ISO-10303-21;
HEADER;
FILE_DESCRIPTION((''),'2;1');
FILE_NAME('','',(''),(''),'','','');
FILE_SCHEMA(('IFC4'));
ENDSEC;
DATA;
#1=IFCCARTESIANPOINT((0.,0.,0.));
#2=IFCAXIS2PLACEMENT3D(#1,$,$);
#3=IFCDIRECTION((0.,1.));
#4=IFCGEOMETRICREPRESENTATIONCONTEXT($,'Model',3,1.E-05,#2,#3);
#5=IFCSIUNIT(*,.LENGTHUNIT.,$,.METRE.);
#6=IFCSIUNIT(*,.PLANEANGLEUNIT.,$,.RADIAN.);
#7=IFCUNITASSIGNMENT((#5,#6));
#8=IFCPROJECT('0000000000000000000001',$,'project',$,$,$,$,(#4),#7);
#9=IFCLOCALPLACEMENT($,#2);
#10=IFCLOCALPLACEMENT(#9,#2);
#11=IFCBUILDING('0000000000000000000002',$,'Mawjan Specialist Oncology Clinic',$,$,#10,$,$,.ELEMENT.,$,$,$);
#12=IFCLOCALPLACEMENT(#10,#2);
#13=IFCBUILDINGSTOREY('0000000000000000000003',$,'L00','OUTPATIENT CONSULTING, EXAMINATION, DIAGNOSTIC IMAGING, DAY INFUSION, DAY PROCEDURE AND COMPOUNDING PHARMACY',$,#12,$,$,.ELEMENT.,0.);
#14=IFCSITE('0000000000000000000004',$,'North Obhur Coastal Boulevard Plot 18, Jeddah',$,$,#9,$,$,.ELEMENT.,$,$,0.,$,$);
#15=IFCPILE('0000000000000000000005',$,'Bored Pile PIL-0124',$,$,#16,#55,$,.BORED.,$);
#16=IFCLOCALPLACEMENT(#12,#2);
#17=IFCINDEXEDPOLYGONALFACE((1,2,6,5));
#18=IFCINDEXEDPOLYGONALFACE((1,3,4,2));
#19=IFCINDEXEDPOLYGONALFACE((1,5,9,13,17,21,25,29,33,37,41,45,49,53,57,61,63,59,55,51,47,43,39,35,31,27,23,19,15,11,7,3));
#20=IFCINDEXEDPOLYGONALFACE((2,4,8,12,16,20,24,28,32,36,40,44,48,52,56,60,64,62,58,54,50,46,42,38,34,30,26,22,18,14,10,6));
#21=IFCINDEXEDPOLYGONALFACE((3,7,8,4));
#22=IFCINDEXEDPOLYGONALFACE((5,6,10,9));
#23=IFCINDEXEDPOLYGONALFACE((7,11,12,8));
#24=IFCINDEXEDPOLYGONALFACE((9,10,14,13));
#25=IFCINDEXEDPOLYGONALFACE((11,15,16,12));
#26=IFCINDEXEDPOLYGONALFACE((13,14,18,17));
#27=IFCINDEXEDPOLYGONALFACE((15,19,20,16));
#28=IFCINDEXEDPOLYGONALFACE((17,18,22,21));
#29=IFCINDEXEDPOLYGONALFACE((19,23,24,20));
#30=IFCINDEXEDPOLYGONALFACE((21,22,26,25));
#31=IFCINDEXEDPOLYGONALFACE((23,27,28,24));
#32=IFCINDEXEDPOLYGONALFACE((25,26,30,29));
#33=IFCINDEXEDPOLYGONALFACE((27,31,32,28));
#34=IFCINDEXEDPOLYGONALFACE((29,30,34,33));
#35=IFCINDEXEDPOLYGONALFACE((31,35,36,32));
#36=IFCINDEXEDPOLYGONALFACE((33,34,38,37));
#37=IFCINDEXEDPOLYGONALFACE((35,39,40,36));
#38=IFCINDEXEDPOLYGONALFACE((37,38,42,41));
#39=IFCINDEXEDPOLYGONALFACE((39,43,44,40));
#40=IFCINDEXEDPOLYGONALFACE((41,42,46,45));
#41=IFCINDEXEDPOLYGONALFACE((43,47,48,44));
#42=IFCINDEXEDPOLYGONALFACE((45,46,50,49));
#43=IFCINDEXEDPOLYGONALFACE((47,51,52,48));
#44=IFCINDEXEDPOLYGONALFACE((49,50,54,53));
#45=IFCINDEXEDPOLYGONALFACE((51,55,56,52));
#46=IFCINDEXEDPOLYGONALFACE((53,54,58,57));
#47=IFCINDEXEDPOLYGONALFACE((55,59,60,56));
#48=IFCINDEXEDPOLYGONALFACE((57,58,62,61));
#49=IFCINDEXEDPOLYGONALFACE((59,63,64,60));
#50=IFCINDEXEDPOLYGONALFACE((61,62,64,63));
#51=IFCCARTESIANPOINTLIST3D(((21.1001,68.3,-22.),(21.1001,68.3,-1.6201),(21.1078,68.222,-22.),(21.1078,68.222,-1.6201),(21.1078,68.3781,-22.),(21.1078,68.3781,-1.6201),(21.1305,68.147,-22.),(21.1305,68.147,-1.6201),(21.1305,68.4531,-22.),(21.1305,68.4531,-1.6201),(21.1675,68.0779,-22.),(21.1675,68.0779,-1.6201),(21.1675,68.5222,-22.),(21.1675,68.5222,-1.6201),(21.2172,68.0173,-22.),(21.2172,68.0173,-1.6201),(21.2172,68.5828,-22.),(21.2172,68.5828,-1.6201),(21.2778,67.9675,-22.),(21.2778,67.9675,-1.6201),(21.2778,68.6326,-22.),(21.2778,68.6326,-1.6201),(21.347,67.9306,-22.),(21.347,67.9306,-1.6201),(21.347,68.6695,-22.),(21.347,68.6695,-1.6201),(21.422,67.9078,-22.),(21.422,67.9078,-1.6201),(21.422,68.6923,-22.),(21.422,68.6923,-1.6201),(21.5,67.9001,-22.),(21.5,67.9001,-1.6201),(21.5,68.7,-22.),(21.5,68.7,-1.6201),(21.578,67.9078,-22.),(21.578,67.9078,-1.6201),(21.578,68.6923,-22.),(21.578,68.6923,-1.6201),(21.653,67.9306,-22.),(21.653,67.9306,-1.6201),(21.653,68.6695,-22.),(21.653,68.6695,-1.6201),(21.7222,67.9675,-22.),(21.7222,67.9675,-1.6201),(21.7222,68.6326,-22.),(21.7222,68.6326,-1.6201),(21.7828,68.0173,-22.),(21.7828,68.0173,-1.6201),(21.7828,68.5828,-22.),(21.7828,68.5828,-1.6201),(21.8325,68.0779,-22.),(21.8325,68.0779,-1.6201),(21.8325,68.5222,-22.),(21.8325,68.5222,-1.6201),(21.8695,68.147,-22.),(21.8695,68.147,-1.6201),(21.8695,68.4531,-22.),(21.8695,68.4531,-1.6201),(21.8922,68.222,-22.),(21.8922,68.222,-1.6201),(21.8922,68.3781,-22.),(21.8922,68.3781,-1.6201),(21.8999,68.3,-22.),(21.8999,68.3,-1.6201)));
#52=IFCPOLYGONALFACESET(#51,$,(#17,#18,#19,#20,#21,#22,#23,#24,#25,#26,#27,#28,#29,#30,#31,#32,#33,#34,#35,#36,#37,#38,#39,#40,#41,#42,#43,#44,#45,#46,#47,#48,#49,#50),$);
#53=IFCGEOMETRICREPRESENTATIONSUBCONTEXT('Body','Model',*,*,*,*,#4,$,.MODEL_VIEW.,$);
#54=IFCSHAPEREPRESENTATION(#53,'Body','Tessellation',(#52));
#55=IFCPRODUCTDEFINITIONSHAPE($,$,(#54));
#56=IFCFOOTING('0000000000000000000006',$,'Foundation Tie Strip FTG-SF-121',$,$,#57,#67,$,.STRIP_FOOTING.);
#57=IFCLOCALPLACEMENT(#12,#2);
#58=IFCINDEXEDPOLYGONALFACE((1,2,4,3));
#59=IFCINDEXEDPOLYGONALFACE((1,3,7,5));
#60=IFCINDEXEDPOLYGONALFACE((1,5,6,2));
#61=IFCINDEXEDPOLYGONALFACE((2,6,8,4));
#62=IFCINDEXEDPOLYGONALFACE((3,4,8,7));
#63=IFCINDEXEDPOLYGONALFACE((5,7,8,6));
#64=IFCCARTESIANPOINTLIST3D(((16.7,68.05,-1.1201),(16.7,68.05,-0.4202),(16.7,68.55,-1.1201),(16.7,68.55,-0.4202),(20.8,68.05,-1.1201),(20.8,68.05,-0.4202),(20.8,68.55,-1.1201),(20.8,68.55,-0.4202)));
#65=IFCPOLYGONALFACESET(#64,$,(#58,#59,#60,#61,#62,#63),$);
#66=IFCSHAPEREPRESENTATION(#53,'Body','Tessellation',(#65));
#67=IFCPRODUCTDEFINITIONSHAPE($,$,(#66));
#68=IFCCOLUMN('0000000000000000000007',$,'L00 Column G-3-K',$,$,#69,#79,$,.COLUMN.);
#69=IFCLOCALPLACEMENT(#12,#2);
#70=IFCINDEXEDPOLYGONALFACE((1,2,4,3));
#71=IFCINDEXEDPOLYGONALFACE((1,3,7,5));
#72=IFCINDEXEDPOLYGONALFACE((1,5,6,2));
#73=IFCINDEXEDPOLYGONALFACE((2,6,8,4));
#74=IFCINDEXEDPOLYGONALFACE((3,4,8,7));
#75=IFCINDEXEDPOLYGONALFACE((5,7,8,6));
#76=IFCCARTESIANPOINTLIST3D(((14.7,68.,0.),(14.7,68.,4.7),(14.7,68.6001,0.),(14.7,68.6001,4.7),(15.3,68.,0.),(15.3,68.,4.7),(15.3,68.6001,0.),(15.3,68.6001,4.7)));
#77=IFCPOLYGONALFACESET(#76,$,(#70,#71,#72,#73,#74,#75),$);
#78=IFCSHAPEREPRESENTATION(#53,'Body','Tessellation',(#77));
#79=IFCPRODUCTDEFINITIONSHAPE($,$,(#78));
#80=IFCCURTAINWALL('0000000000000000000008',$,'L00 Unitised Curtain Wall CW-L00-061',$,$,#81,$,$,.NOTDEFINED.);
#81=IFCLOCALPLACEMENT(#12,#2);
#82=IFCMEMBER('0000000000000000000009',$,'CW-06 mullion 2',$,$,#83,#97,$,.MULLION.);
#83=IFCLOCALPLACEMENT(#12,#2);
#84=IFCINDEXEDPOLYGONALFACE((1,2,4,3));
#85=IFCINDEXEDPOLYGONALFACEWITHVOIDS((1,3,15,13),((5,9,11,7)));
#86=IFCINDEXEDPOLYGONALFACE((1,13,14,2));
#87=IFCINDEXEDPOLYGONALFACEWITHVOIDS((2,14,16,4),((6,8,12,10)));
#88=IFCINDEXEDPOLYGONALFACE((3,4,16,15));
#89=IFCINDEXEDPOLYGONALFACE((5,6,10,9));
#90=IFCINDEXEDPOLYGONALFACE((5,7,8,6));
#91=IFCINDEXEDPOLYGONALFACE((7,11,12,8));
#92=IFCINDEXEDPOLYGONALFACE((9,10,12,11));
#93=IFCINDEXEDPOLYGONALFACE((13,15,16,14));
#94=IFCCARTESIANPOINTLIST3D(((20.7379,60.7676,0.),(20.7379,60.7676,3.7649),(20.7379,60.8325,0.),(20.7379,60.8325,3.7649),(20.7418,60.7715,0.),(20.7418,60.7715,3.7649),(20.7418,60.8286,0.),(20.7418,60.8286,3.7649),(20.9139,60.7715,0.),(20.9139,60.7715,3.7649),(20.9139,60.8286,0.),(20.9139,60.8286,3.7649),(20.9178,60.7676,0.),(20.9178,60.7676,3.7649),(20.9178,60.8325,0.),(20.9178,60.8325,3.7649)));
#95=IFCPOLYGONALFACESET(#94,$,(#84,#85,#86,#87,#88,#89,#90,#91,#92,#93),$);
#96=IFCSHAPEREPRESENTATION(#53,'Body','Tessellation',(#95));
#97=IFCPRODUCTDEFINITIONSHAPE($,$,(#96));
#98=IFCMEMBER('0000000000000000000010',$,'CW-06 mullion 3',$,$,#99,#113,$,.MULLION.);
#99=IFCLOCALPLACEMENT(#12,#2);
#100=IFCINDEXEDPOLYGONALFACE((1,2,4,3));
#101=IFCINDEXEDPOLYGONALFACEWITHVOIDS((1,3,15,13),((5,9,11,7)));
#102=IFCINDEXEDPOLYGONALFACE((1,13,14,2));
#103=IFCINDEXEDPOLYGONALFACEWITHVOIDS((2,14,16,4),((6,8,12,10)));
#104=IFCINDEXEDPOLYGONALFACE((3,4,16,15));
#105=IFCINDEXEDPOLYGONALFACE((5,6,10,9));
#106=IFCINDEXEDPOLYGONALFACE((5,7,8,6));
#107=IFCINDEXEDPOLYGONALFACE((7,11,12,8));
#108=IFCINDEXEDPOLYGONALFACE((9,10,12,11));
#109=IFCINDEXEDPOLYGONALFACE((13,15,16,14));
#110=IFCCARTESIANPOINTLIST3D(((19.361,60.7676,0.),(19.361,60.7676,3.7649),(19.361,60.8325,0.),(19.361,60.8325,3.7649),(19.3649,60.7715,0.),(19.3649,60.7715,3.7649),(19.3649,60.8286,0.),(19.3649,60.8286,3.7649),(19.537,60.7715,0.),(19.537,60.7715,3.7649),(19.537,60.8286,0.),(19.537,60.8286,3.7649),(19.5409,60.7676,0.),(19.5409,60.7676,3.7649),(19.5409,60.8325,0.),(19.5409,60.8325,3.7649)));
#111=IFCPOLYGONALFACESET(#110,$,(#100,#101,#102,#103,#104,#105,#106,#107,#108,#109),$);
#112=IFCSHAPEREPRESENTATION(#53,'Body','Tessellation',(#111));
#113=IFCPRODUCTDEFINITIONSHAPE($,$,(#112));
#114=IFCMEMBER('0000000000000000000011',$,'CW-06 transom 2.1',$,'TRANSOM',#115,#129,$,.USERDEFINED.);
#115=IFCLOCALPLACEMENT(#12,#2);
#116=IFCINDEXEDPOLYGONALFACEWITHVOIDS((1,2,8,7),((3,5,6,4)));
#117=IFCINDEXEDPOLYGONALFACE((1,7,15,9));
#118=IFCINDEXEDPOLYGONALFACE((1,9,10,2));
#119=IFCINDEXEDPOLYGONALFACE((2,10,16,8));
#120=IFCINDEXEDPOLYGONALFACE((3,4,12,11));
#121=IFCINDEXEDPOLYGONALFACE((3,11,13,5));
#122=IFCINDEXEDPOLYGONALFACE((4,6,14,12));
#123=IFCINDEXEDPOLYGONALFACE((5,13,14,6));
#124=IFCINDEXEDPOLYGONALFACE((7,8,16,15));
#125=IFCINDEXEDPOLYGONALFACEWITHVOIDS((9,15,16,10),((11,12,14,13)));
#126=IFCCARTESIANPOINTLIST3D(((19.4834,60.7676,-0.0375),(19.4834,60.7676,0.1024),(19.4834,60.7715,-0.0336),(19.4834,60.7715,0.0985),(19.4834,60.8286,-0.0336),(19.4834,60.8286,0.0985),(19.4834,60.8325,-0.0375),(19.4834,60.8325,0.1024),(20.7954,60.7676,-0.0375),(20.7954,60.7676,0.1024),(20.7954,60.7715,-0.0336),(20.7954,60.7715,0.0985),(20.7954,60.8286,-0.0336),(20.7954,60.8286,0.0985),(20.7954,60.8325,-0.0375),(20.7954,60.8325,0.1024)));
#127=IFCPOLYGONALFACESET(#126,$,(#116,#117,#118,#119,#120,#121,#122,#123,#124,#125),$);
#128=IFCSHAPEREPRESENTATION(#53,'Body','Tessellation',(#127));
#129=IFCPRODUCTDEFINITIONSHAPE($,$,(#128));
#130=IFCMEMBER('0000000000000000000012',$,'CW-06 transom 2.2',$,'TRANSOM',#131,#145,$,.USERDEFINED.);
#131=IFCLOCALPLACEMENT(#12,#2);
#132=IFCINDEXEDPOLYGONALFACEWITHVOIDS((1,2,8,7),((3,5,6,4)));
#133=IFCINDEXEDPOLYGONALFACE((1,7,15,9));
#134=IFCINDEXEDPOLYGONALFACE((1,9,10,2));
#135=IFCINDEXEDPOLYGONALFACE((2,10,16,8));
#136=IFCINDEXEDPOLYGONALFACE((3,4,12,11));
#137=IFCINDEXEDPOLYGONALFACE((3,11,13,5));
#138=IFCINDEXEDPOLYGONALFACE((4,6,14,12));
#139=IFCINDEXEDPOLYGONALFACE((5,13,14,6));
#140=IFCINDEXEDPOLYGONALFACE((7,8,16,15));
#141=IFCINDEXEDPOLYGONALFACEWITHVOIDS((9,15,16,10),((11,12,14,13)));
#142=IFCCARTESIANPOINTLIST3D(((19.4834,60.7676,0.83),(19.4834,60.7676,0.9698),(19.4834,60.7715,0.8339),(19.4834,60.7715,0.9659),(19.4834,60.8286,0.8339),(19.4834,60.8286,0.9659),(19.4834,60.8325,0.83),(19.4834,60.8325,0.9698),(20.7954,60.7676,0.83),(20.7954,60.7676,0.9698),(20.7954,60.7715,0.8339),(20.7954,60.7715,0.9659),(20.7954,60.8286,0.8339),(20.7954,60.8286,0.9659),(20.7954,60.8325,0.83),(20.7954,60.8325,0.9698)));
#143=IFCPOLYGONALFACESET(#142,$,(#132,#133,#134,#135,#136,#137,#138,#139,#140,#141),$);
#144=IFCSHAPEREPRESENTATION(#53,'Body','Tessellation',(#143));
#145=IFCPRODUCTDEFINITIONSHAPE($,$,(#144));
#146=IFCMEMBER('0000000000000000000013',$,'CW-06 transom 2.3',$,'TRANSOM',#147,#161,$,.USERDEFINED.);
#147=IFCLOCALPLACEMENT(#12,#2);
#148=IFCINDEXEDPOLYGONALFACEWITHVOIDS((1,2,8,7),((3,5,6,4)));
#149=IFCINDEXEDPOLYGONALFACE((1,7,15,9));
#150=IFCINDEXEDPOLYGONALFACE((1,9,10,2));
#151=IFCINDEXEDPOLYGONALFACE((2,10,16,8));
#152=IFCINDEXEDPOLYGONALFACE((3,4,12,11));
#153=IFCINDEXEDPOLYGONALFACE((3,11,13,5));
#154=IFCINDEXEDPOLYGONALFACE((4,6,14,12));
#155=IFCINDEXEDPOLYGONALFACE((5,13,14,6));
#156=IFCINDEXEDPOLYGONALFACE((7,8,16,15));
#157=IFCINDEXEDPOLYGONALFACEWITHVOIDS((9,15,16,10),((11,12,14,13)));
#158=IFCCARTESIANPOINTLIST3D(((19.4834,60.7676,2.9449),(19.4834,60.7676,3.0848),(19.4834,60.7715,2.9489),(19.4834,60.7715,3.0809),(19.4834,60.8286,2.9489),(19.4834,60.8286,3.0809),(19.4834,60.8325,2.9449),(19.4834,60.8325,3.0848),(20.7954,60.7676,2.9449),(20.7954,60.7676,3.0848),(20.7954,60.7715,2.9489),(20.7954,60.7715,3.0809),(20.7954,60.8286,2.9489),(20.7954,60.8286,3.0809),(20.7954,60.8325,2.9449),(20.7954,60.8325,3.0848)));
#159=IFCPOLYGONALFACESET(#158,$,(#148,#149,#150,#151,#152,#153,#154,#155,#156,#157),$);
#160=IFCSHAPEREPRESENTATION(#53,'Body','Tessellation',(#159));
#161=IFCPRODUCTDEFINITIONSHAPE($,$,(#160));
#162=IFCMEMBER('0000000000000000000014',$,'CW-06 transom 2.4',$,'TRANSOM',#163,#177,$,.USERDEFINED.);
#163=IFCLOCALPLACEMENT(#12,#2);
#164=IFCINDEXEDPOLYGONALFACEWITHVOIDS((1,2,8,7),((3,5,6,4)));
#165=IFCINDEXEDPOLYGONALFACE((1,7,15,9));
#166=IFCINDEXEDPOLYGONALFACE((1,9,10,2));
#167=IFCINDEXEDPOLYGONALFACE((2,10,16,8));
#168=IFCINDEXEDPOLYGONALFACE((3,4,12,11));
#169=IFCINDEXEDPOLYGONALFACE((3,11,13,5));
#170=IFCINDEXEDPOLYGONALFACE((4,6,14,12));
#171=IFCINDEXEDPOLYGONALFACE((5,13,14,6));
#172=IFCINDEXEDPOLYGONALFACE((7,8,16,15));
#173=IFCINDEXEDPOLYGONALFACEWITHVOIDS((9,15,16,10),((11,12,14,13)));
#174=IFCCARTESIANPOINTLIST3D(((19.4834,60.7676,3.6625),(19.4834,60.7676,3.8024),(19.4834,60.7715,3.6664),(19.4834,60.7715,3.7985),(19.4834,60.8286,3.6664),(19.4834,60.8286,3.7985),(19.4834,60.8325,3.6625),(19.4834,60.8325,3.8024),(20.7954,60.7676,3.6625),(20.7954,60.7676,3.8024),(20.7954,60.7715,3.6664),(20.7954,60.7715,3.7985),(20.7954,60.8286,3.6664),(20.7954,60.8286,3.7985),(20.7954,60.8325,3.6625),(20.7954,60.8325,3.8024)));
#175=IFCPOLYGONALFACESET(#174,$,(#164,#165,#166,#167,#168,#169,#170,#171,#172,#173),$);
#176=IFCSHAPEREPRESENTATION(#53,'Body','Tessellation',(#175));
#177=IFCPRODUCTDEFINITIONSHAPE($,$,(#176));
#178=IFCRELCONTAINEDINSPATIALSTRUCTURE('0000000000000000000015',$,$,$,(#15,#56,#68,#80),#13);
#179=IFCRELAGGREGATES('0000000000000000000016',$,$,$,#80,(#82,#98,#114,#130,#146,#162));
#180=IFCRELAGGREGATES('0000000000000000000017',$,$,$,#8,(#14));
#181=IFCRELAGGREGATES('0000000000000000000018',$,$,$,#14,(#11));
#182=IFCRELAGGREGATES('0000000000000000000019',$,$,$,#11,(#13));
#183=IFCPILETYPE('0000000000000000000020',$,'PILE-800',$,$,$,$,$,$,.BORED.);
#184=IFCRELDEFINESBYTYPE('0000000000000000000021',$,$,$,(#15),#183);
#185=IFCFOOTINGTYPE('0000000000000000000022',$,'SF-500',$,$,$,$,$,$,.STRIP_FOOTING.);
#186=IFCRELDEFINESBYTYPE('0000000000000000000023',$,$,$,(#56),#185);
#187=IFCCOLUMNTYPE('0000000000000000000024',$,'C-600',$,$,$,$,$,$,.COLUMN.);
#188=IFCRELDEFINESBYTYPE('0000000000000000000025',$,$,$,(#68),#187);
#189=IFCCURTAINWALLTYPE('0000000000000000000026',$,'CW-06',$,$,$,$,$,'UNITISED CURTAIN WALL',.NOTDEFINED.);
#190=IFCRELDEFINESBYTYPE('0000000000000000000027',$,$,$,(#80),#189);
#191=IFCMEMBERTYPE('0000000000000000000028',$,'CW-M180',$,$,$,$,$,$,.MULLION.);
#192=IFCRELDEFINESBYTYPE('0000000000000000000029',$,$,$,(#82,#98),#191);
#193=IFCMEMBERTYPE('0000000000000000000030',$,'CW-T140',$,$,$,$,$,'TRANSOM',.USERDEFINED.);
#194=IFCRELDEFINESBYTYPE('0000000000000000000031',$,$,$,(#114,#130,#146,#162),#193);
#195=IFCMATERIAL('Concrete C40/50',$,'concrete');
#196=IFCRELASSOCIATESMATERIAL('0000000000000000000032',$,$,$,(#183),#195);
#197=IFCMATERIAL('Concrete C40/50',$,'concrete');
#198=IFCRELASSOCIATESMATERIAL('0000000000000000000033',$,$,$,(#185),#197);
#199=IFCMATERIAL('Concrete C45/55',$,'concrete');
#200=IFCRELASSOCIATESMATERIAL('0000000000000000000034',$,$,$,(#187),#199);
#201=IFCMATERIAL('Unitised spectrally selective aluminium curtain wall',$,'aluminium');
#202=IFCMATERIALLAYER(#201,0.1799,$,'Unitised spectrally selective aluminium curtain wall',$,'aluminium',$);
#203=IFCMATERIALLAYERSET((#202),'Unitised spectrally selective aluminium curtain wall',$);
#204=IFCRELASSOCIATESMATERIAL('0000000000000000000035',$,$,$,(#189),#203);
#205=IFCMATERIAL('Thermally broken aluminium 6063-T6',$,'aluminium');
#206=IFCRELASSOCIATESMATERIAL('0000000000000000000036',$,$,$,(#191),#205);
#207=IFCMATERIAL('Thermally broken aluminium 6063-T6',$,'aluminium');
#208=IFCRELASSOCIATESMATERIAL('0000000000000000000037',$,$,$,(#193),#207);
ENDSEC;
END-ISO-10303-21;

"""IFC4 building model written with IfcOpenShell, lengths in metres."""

from ifc_helpers import new_model, si_unit, direction, frame, origin, origin_2d, place, context, subcontext, project, spatial, rectangle, hollow_rectangle, circle, extrude, material, layer, layer_set, material_profile, profile_set, type_object, element, aggregate, save


model = new_model("IFC4")

# Units and contexts
model_context = context("Model", 3, precision=1e-05, world=origin(), true_north=direction((0.0, 1.0)))
body_context = subcontext(model_context, "Body", "Model", "MODEL_VIEW")
ifc_project = project(units=[si_unit("LENGTHUNIT", "METRE"), si_unit("PLANEANGLEUNIT", "RADIAN")], contexts=[model_context])

# Site, building, storey
site_placement = place(None, origin())
site = spatial("IfcSite", under=ifc_project, at=site_placement, Name="North Obhur Coastal Boulevard Plot 18, Jeddah", CompositionType="ELEMENT", RefElevation=0.0)
building_placement = place(site_placement, origin())
building = spatial("IfcBuilding", under=site, at=building_placement, Name="Mawjan Specialist Oncology Clinic", CompositionType="ELEMENT")
storey_placement = place(building_placement, origin())
storey = spatial("IfcBuildingStorey", under=building, at=storey_placement, Name="L00", Description="OUTPATIENT CONSULTING, EXAMINATION, DIAGNOSTIC IMAGING, DAY INFUSION, DAY PROCEDURE AND COMPOUNDING PHARMACY", CompositionType="ELEMENT", Elevation=0.0)

# Pile
ifc_material_1 = material(Name="Concrete C40/50", Category="concrete")
ifc_material_profile_1 = material_profile(ifc_material_1, circle(Radius=0.3999, at=origin_2d()), Name="BORED PILE D800", Category="concrete")
ifc_profile_set_1 = profile_set([ifc_material_profile_1], Name="Concrete C40/50")
pile_type = type_object("IfcPileType", Name="PILE-800", PredefinedType="BORED", material=ifc_profile_set_1)
for number, where, z_axis, x_axis, name in (
    (1, (21.5, 68.3, -1.6201), (0.0, 0.0, -1.0), (1.0, 0.0, 0.0), "Bored Pile PIL-0124"),
):
    element("IfcPile", number, at=place(storey_placement, frame(where, z_axis=z_axis, x_axis=x_axis)), inside=storey, type_object=pile_type, Name=name, PredefinedType="BORED", context=body_context, shape_type="SweptSolid", body=[
        extrude(circle(Radius=0.3999, at=origin_2d()), origin(), (0.0, 0.0, 1.0), 20.3799),
    ])

# Footing
ifc_material_2 = material(Name="Concrete C40/50", Category="concrete")
footing_type_1 = type_object("IfcFootingType", Name="SF-500", PredefinedType="STRIP_FOOTING", material=ifc_material_2)
footing_1_placement = place(storey_placement, frame((18.75, 68.3, -1.1201), z_axis=(0.0, 0.0, 1.0), x_axis=(1.0, 0.0, 0.0)))
element("IfcFooting", 2, at=footing_1_placement, inside=storey, type_object=footing_type_1, Name="Foundation Tie Strip FTG-SF-121", PredefinedType="STRIP_FOOTING", context=body_context, shape_type="SweptSolid", body=[
    extrude(rectangle(XDim=4.1001, YDim=0.5, at=origin_2d()), origin(), (0.0, 0.0, 1.0), 0.7),
])

# Column
ifc_material_3 = material(Name="Concrete C45/55", Category="concrete")
ifc_material_profile_2 = material_profile(ifc_material_3, rectangle(XDim=0.6001, YDim=0.6001, at=origin_2d()), Name="RC COL 600x600", Category="concrete")
ifc_profile_set_2 = profile_set([ifc_material_profile_2], Name="Concrete C45/55")
column_type = type_object("IfcColumnType", Name="C-600", PredefinedType="COLUMN", material=ifc_profile_set_2)
column_placement = place(storey_placement, frame((15.0, 68.3, 0.0), z_axis=(0.0, 0.0, 1.0), x_axis=(1.0, 0.0, 0.0)))
element("IfcColumn", 3, at=column_placement, inside=storey, type_object=column_type, Name="L00 Column G-3-K", PredefinedType="COLUMN", context=body_context, shape_type="SweptSolid", body=[
    extrude(rectangle(XDim=0.6001, YDim=0.6001, at=origin_2d()), origin(), (0.0, 0.0, 1.0), 4.7),
])

# Curtain wall, members
ifc_material_4 = material(Name="Unitised spectrally selective aluminium curtain wall", Category="aluminium")
ifc_layer_1 = layer(ifc_material_4, 0.1799, Name="Unitised spectrally selective aluminium curtain wall", Category="aluminium")
ifc_layer_set_1 = layer_set([ifc_layer_1], Name="Unitised spectrally selective aluminium curtain wall")
curtain_wall_type = type_object("IfcCurtainWallType", Name="CW-06", ElementType="UNITISED CURTAIN WALL", PredefinedType="NOTDEFINED", material=ifc_layer_set_1)
curtain_wall_placement = place(storey_placement, origin())
curtain_wall = element("IfcCurtainWall", 4, at=curtain_wall_placement, inside=storey, type_object=curtain_wall_type, Name="L00 Unitised Curtain Wall CW-L00-061", PredefinedType="NOTDEFINED")
ifc_material_5 = material(Name="Thermally broken aluminium 6063-T6", Category="aluminium")
ifc_material_profile_3 = material_profile(ifc_material_5, hollow_rectangle(XDim=0.0649, YDim=0.1799, WallThickness=0.0039, at=origin_2d()), Name="ALU MULLION 180x65x4", Category="aluminium")
ifc_profile_set_3 = profile_set([ifc_material_profile_3], Name="Thermally broken aluminium 6063-T6")
member_type_1 = type_object("IfcMemberType", Name="CW-M180", PredefinedType="MULLION", material=ifc_profile_set_3)
member_1_placement = place(storey_placement, frame((20.8279, 60.8, 0.0), z_axis=(0.0, 0.0, 1.0), x_axis=(0.0, -1.0, 0.0)))
member_1 = element("IfcMember", 5, at=member_1_placement, type_object=member_type_1, Name="CW-06 mullion 2", PredefinedType="MULLION", context=body_context, shape_type="SweptSolid", body=[
    extrude(hollow_rectangle(XDim=0.0649, YDim=0.1799, WallThickness=0.0039, at=origin_2d()), origin(), (0.0, 0.0, 1.0), 3.7649),
])
member_2_placement = place(storey_placement, frame((19.4509, 60.8, 0.0), z_axis=(0.0, 0.0, 1.0), x_axis=(0.0, -1.0, 0.0)))
member_2 = element("IfcMember", 6, at=member_2_placement, type_object=member_type_1, Name="CW-06 mullion 3", PredefinedType="MULLION", context=body_context, shape_type="SweptSolid", body=[
    extrude(hollow_rectangle(XDim=0.0649, YDim=0.1799, WallThickness=0.0039, at=origin_2d()), origin(), (0.0, 0.0, 1.0), 3.7649),
])
ifc_material_6 = material(Name="Thermally broken aluminium 6063-T6", Category="aluminium")
ifc_material_profile_4 = material_profile(ifc_material_6, hollow_rectangle(XDim=0.0649, YDim=0.1399, WallThickness=0.0039, at=origin_2d()), Name="ALU TRANSOM 140x65x4", Category="aluminium")
ifc_profile_set_4 = profile_set([ifc_material_profile_4], Name="Thermally broken aluminium 6063-T6")
member_type_2 = type_object("IfcMemberType", Name="CW-T140", ElementType="TRANSOM", PredefinedType="USERDEFINED", material=ifc_profile_set_4)
member_3_placement = place(storey_placement, frame((20.7954, 60.8, 0.0325), z_axis=(-1.0, 0.0, 0.0), x_axis=(0.0, -1.0, 0.0)))
member_3 = element("IfcMember", 7, at=member_3_placement, type_object=member_type_2, Name="CW-06 transom 2.1", ObjectType="TRANSOM", PredefinedType="USERDEFINED", context=body_context, shape_type="SweptSolid", body=[
    extrude(hollow_rectangle(XDim=0.0649, YDim=0.1399, WallThickness=0.0039, at=origin_2d()), origin(), (0.0, 0.0, 1.0), 1.312),
])
member_4_placement = place(storey_placement, frame((20.7954, 60.8, 0.8999), z_axis=(-1.0, 0.0, 0.0), x_axis=(0.0, -1.0, 0.0)))
member_4 = element("IfcMember", 8, at=member_4_placement, type_object=member_type_2, Name="CW-06 transom 2.2", ObjectType="TRANSOM", PredefinedType="USERDEFINED", context=body_context, shape_type="SweptSolid", body=[
    extrude(hollow_rectangle(XDim=0.0649, YDim=0.1399, WallThickness=0.0039, at=origin_2d()), origin(), (0.0, 0.0, 1.0), 1.312),
])
member_5_placement = place(storey_placement, frame((20.7954, 60.8, 3.0149), z_axis=(-1.0, 0.0, 0.0), x_axis=(0.0, -1.0, 0.0)))
member_5 = element("IfcMember", 9, at=member_5_placement, type_object=member_type_2, Name="CW-06 transom 2.3", ObjectType="TRANSOM", PredefinedType="USERDEFINED", context=body_context, shape_type="SweptSolid", body=[
    extrude(hollow_rectangle(XDim=0.0649, YDim=0.1399, WallThickness=0.0039, at=origin_2d()), origin(), (0.0, 0.0, 1.0), 1.312),
])
member_6_placement = place(storey_placement, frame((20.7954, 60.8, 3.7324), z_axis=(-1.0, 0.0, 0.0), x_axis=(0.0, -1.0, 0.0)))
member_6 = element("IfcMember", 10, at=member_6_placement, type_object=member_type_2, Name="CW-06 transom 2.4", ObjectType="TRANSOM", PredefinedType="USERDEFINED", context=body_context, shape_type="SweptSolid", body=[
    extrude(hollow_rectangle(XDim=0.0649, YDim=0.1399, WallThickness=0.0039, at=origin_2d()), origin(), (0.0, 0.0, 1.0), 1.312),
])
aggregate(curtain_wall, [member_1, member_2, member_3, member_4, member_5, member_6])

save(model, "model.ifc")
